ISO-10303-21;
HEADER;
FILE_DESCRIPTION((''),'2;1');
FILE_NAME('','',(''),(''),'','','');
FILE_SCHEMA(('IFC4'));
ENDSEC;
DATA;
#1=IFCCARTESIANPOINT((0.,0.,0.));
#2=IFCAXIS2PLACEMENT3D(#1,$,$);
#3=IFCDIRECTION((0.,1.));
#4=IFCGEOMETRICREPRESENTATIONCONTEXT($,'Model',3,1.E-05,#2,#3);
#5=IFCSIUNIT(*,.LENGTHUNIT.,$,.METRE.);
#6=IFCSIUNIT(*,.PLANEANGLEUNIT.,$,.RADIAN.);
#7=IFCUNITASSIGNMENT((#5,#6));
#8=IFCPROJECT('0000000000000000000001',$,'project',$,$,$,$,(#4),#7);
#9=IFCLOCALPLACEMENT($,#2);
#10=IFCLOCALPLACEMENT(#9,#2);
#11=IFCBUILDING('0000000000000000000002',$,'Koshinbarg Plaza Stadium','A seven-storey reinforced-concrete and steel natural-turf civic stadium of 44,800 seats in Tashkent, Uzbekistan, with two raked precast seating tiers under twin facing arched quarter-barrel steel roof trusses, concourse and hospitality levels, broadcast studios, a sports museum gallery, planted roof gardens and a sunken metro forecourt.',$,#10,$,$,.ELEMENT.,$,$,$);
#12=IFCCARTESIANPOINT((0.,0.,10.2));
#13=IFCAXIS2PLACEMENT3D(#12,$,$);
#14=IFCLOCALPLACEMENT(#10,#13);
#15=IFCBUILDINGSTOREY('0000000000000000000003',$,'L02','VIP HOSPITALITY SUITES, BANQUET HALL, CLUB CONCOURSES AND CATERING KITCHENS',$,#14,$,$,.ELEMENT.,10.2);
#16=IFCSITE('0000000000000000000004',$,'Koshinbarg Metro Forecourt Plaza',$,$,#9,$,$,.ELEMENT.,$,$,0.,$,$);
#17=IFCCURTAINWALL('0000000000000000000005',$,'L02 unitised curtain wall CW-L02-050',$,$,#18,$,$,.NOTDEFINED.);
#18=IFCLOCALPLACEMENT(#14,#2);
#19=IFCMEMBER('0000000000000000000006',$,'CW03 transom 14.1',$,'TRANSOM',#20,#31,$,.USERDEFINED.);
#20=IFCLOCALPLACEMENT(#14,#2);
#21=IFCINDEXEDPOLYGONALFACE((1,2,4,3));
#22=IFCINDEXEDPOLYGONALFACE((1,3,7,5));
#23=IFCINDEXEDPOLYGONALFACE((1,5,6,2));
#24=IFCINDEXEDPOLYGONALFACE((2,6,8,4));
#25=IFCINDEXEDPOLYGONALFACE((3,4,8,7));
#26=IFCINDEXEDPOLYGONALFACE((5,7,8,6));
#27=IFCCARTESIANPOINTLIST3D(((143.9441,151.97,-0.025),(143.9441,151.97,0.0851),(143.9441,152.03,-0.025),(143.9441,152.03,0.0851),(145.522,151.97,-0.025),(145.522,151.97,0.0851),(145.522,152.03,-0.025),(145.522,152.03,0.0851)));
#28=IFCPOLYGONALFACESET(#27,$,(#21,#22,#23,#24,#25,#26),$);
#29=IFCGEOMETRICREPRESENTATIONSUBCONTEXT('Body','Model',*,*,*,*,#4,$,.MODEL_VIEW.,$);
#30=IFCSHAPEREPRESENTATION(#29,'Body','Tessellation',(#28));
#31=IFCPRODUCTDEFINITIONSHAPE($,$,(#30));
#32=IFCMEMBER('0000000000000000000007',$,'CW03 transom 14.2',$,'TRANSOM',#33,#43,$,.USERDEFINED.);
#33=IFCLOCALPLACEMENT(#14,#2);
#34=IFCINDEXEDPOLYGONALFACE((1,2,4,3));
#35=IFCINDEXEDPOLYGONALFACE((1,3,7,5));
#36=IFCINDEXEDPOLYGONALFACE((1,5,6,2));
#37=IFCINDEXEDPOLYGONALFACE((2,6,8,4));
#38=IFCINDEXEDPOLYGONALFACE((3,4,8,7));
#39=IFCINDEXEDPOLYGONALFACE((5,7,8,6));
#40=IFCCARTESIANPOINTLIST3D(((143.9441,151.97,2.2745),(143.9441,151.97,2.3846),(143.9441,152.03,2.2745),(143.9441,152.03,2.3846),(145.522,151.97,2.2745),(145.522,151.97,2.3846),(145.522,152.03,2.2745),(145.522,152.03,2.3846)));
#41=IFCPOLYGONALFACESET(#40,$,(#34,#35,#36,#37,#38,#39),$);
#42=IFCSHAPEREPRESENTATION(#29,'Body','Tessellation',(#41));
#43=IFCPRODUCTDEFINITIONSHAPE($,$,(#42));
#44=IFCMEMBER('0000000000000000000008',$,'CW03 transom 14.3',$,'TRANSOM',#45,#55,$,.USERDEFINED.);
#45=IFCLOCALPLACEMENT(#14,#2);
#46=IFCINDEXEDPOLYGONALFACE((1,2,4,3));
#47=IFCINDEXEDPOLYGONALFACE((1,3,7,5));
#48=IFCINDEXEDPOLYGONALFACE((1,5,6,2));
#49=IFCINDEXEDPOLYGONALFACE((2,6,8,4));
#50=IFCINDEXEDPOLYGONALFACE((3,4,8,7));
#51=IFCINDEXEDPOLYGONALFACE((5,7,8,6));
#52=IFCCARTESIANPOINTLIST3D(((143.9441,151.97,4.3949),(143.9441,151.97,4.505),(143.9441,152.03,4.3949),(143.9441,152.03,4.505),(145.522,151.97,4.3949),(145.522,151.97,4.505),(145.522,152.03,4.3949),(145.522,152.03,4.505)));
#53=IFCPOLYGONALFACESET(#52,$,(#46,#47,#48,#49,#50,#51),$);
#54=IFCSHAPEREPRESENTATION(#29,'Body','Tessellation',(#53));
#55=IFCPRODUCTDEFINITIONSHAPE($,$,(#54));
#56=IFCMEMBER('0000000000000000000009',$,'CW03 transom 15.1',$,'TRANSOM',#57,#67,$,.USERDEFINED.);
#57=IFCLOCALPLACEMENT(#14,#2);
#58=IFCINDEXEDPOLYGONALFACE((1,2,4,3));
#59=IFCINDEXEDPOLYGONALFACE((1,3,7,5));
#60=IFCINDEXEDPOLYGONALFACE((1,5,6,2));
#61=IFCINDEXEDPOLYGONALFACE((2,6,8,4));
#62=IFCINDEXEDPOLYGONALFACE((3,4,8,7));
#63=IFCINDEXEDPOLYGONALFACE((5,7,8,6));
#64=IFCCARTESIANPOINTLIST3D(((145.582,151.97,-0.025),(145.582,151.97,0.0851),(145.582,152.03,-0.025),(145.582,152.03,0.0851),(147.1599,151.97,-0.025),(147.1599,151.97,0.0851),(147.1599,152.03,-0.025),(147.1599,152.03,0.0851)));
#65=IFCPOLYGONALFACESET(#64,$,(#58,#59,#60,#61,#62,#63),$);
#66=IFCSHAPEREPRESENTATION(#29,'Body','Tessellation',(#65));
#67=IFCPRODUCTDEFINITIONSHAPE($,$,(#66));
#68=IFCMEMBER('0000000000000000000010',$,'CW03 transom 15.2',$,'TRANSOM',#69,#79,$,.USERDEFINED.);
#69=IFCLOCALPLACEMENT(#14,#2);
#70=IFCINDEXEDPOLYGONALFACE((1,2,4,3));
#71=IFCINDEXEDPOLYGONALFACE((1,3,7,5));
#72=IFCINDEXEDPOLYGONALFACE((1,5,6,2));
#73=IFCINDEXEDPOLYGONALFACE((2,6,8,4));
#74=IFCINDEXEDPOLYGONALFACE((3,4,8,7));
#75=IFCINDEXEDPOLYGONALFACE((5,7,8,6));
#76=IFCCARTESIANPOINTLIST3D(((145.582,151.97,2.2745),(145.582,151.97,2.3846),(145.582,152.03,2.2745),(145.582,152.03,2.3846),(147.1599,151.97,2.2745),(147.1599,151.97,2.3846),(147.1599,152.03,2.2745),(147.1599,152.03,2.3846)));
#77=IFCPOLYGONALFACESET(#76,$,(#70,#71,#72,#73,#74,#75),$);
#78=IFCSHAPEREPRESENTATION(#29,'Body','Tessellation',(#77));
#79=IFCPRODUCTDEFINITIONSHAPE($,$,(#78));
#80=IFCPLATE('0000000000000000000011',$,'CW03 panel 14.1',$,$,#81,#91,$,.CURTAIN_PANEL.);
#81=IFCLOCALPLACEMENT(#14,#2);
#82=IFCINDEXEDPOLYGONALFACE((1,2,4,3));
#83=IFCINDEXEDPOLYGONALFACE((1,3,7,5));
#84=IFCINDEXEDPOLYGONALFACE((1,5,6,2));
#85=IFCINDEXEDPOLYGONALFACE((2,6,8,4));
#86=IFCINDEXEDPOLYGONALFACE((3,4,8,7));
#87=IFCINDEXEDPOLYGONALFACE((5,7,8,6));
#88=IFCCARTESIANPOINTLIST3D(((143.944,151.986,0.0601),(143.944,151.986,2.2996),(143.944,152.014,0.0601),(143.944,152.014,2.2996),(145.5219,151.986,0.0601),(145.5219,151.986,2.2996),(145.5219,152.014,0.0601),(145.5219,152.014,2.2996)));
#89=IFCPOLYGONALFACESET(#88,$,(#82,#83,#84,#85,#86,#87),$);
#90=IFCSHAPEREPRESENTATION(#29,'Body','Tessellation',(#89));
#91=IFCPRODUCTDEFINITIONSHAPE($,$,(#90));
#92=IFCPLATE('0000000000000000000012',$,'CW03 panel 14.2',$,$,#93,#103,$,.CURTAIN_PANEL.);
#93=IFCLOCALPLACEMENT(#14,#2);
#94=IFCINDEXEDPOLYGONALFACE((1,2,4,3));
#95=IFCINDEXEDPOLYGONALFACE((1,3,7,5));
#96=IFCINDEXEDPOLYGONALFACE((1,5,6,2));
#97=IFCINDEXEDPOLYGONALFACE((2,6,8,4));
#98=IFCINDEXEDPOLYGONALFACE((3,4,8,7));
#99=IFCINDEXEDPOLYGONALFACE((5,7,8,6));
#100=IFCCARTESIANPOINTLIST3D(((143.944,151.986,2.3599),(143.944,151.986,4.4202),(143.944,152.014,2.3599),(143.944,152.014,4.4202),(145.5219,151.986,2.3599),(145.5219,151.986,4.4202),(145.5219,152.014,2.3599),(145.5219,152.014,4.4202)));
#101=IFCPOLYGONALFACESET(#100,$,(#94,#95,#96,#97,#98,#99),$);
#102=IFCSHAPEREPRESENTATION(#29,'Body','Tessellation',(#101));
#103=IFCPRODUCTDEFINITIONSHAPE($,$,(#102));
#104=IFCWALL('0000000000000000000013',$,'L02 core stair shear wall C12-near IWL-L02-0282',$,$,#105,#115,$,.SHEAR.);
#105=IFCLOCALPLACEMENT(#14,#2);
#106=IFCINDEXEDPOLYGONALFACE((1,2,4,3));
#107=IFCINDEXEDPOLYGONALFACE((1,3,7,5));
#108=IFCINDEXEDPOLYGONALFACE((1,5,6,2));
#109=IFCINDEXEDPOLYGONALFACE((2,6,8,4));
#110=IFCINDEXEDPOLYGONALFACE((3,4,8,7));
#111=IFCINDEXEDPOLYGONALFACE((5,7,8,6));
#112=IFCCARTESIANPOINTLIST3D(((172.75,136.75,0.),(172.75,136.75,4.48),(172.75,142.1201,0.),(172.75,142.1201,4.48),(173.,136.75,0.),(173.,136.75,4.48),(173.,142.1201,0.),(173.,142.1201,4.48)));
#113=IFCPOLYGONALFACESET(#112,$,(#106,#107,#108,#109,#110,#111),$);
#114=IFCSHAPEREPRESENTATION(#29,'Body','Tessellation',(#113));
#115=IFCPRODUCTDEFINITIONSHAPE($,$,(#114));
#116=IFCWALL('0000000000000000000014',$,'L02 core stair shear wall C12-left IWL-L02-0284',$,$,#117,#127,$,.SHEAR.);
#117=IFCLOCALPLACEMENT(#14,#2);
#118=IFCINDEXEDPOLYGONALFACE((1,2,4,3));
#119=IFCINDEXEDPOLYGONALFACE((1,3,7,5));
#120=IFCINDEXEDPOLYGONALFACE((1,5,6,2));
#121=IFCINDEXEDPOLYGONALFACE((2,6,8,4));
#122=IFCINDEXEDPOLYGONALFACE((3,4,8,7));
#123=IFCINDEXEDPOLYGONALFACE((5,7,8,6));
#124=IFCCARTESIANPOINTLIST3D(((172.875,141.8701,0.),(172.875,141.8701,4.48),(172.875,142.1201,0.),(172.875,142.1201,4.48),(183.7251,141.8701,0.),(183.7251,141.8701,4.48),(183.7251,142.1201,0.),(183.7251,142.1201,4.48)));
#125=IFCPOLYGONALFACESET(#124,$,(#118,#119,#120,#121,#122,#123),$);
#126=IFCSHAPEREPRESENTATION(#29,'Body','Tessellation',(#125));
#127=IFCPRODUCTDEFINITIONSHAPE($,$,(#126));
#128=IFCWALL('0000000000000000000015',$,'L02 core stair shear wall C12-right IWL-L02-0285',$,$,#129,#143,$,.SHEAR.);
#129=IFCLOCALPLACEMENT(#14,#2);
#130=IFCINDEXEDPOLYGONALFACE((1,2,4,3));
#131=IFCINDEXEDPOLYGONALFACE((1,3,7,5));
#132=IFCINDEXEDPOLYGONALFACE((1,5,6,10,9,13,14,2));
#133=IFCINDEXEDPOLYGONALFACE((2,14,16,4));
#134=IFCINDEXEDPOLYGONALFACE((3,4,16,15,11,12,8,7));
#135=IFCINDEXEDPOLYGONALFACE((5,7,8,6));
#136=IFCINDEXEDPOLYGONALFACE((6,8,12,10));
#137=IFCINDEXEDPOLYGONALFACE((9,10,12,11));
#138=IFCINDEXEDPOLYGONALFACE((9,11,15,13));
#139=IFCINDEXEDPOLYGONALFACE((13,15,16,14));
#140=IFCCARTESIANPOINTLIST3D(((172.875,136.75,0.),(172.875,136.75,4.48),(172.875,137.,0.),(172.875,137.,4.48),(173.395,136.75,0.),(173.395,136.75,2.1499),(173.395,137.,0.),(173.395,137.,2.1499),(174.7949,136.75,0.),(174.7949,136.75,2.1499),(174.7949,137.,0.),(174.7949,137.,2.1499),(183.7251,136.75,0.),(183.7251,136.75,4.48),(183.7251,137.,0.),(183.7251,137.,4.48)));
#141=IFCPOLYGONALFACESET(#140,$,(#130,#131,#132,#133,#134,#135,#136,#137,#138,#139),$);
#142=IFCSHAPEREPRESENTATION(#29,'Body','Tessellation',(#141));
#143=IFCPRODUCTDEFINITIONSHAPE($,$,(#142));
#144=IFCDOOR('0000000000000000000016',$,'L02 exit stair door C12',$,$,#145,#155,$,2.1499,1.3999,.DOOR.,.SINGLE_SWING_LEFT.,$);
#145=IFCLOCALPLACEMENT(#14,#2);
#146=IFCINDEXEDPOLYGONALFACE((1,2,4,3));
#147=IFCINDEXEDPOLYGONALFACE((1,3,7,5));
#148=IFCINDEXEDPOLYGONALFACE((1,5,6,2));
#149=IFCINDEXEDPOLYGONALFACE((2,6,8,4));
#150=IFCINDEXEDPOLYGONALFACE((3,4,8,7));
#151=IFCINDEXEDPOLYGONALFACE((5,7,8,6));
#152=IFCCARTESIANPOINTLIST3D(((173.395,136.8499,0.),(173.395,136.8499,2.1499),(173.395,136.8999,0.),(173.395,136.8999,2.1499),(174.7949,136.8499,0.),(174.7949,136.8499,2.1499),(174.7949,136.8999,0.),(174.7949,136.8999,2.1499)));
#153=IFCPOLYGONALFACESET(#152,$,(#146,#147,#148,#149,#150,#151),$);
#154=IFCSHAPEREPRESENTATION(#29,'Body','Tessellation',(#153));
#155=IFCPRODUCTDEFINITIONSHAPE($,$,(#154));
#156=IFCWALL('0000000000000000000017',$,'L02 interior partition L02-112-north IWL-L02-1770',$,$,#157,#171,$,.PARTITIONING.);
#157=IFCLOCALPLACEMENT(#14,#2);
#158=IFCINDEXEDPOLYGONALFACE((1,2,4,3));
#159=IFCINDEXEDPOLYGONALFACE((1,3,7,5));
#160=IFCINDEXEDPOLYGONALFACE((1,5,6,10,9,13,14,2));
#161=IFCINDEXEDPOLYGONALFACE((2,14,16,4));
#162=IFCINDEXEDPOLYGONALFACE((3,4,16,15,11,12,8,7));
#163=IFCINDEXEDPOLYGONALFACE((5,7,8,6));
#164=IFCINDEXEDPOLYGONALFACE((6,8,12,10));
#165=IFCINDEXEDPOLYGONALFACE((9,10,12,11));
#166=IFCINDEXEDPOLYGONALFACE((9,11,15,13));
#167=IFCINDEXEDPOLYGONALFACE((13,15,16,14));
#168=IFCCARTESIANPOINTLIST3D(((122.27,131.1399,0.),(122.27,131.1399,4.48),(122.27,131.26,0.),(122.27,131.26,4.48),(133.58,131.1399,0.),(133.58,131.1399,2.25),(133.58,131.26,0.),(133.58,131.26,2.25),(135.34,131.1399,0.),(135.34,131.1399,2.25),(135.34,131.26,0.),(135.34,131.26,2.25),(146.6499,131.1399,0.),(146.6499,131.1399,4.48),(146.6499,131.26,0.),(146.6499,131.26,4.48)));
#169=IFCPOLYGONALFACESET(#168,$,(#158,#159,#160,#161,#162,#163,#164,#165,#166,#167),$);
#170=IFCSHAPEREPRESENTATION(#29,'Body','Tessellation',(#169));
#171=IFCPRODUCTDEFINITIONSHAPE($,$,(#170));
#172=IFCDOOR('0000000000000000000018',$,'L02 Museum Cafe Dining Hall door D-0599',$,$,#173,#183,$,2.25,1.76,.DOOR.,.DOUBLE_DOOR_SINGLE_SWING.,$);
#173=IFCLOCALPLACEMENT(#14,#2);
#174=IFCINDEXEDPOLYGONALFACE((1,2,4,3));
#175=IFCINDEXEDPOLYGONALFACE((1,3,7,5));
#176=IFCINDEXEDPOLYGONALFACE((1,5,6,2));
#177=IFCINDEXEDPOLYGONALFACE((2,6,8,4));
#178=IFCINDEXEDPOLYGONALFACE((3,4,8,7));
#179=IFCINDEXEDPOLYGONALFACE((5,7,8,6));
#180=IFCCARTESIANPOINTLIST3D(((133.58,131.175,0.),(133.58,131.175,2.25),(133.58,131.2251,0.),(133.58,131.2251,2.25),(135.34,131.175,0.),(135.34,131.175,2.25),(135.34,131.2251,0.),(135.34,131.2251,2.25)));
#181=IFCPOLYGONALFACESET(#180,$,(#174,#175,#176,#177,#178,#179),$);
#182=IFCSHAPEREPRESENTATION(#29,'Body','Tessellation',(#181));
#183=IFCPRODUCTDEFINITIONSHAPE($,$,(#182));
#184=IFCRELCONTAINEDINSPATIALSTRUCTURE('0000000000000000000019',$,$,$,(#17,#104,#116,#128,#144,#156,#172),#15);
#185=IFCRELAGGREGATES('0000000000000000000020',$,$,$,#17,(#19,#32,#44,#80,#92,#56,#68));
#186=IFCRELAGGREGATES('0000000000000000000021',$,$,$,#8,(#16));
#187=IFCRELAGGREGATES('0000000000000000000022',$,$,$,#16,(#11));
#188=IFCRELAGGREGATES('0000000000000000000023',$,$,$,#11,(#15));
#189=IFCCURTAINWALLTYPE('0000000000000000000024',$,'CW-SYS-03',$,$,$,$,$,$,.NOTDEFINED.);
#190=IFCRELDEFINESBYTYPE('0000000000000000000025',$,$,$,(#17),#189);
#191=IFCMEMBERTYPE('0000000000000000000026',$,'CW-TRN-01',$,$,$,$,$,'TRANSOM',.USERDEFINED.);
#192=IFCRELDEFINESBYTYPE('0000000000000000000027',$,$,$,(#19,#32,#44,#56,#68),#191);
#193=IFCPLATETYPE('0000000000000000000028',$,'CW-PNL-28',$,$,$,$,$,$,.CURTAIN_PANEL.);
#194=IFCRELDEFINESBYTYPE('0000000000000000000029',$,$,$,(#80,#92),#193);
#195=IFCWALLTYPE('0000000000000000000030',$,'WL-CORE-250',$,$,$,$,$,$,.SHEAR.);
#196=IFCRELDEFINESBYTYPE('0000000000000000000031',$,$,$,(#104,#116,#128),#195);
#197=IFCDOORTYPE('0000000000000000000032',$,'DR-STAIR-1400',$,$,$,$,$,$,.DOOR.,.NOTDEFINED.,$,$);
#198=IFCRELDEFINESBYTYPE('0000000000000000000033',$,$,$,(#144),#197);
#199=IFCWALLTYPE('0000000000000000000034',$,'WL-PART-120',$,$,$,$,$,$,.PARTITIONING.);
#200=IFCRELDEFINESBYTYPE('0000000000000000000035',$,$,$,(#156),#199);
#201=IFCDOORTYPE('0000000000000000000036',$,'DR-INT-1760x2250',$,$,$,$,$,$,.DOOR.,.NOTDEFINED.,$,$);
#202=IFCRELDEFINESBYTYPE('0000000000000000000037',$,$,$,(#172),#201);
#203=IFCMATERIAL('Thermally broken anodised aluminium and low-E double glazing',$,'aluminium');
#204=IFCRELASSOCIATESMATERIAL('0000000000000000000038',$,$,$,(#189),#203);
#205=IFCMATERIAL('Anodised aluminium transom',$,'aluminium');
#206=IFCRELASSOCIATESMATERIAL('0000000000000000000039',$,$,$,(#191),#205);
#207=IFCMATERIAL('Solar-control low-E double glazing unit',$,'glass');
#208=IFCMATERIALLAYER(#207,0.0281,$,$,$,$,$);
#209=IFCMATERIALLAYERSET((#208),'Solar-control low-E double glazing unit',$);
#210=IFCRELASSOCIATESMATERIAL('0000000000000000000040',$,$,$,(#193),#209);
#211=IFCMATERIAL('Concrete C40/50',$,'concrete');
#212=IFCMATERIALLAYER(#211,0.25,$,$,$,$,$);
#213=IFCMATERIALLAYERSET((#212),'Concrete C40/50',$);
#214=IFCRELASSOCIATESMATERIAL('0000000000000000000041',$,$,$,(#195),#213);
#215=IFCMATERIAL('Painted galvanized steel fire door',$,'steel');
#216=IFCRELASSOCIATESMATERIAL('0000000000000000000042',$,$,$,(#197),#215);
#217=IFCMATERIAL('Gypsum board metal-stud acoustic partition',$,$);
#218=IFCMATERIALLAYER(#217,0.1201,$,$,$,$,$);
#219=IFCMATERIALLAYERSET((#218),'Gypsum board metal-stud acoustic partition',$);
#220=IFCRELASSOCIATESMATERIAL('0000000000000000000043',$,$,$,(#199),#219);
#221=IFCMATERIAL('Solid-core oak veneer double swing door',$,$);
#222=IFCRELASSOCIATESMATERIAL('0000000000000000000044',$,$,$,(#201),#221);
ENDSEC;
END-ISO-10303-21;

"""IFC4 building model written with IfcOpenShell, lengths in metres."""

from ifc_helpers import new_model, si_unit, direction, frame, frame_2d, origin, origin_2d, place, context, subcontext, project, spatial, rectangle, extrude, material, layer, layer_set, material_profile, profile_set, type_object, element, fill, aggregate, save


model = new_model("IFC4")

# Units and contexts
model_context = context("Model", 3, precision=1e-05, world=origin(), true_north=direction((0.0, 1.0)))
body_context = subcontext(model_context, "Body", "Model", "MODEL_VIEW")
ifc_project = project(units=[si_unit("LENGTHUNIT", "METRE"), si_unit("PLANEANGLEUNIT", "RADIAN")], contexts=[model_context])

# Site, building, storey
site_placement = place(None, origin())
site = spatial("IfcSite", under=ifc_project, at=site_placement, Name="Koshinbarg Metro Forecourt Plaza", CompositionType="ELEMENT", RefElevation=0.0)
building_placement = place(site_placement, origin())
building = spatial("IfcBuilding", under=site, at=building_placement, Name="Koshinbarg Plaza Stadium", Description="A seven-storey reinforced-concrete and steel natural-turf civic stadium of 44,800 seats in Tashkent, Uzbekistan, with two raked precast seating tiers under twin facing arched quarter-barrel steel roof trusses, concourse and hospitality levels, broadcast studios, a sports museum gallery, planted roof gardens and a sunken metro forecourt.", CompositionType="ELEMENT")
storey_placement = place(building_placement, frame((0.0, 0.0, 10.2)))
storey = spatial("IfcBuildingStorey", under=building, at=storey_placement, Name="L02", Description="VIP HOSPITALITY SUITES, BANQUET HALL, CLUB CONCOURSES AND CATERING KITCHENS", CompositionType="ELEMENT", Elevation=10.2)

# Shared definitions
ifc_material_1 = material(Name="Concrete C40/50", Category="concrete")

# Curtain wall, members, plates
ifc_material_2 = material(Name="Thermally broken anodised aluminium and low-E double glazing", Category="aluminium")
curtain_wall_type = type_object("IfcCurtainWallType", Name="CW-SYS-03", PredefinedType="NOTDEFINED", material=ifc_material_2)
curtain_wall_placement = place(storey_placement, origin())
curtain_wall = element("IfcCurtainWall", 1, at=curtain_wall_placement, inside=storey, type_object=curtain_wall_type, Name="L02 unitised curtain wall CW-L02-050", PredefinedType="NOTDEFINED")
ifc_material_3 = material(Name="Anodised aluminium transom", Category="aluminium")
ifc_material_profile_1 = material_profile(ifc_material_3, rectangle(XDim=0.0601, YDim=0.1101, at=origin_2d()), Name="ALU 60x110")
ifc_profile_set_1 = profile_set([ifc_material_profile_1], Name="Anodised aluminium transom")
member_type_1 = type_object("IfcMemberType", Name="CW-TRN-01", ElementType="TRANSOM", PredefinedType="USERDEFINED", material=ifc_profile_set_1)
member_1_placement = place(storey_placement, frame((143.9441, 152.0, 0.03), z_axis=(1.0, 0.0, 0.0), x_axis=(0.0, 1.0, 0.0)))
member_1 = element("IfcMember", 2, at=member_1_placement, type_object=member_type_1, Name="CW03 transom 14.1", ObjectType="TRANSOM", PredefinedType="USERDEFINED", context=body_context, shape_type="SweptSolid", body=[
    extrude(rectangle(XDim=0.0601, YDim=0.1101, at=origin_2d()), origin(), (0.0, 0.0, 1.0), 1.5779),
])
member_2_placement = place(storey_placement, frame((143.9441, 152.0, 2.3296), z_axis=(1.0, 0.0, 0.0), x_axis=(0.0, 1.0, 0.0)))
member_2 = element("IfcMember", 3, at=member_2_placement, type_object=member_type_1, Name="CW03 transom 14.2", ObjectType="TRANSOM", PredefinedType="USERDEFINED", context=body_context, shape_type="SweptSolid", body=[
    extrude(rectangle(XDim=0.0601, YDim=0.1101, at=origin_2d()), origin(), (0.0, 0.0, 1.0), 1.5779),
])
member_3_placement = place(storey_placement, frame((143.9441, 152.0, 4.45), z_axis=(1.0, 0.0, 0.0), x_axis=(0.0, 1.0, 0.0)))
member_3 = element("IfcMember", 4, at=member_3_placement, type_object=member_type_1, Name="CW03 transom 14.3", ObjectType="TRANSOM", PredefinedType="USERDEFINED", context=body_context, shape_type="SweptSolid", body=[
    extrude(rectangle(XDim=0.0601, YDim=0.1101, at=origin_2d()), origin(), (0.0, 0.0, 1.0), 1.5779),
])
member_4_placement = place(storey_placement, frame((145.582, 152.0, 0.03), z_axis=(1.0, 0.0, 0.0), x_axis=(0.0, 1.0, 0.0)))
member_4 = element("IfcMember", 5, at=member_4_placement, type_object=member_type_1, Name="CW03 transom 15.1", ObjectType="TRANSOM", PredefinedType="USERDEFINED", context=body_context, shape_type="SweptSolid", body=[
    extrude(rectangle(XDim=0.0601, YDim=0.1101, at=origin_2d()), origin(), (0.0, 0.0, 1.0), 1.5779),
])
member_5_placement = place(storey_placement, frame((145.582, 152.0, 2.3296), z_axis=(1.0, 0.0, 0.0), x_axis=(0.0, 1.0, 0.0)))
member_5 = element("IfcMember", 6, at=member_5_placement, type_object=member_type_1, Name="CW03 transom 15.2", ObjectType="TRANSOM", PredefinedType="USERDEFINED", context=body_context, shape_type="SweptSolid", body=[
    extrude(rectangle(XDim=0.0601, YDim=0.1101, at=origin_2d()), origin(), (0.0, 0.0, 1.0), 1.5779),
])
ifc_material_4 = material(Name="Solar-control low-E double glazing unit", Category="glass")
ifc_layer_1 = layer(ifc_material_4, 0.0281)
ifc_layer_set_1 = layer_set([ifc_layer_1], Name="Solar-control low-E double glazing unit")
plate_type = type_object("IfcPlateType", Name="CW-PNL-28", PredefinedType="CURTAIN_PANEL", material=ifc_layer_set_1)
plate_1_placement = place(storey_placement, frame((144.7329, 152.0, 0.0601), z_axis=(0.0, 0.0, 1.0), x_axis=(1.0, 0.0, 0.0)))
plate_1 = element("IfcPlate", 7, at=plate_1_placement, type_object=plate_type, Name="CW03 panel 14.1", PredefinedType="CURTAIN_PANEL", context=body_context, shape_type="SweptSolid", body=[
    extrude(rectangle(XDim=1.5779, YDim=0.0281, at=origin_2d()), origin(), (0.0, 0.0, 1.0), 2.2395),
])
plate_2_placement = place(storey_placement, frame((144.7329, 152.0, 2.3599), z_axis=(0.0, 0.0, 1.0), x_axis=(1.0, 0.0, 0.0)))
plate_2 = element("IfcPlate", 8, at=plate_2_placement, type_object=plate_type, Name="CW03 panel 14.2", PredefinedType="CURTAIN_PANEL", context=body_context, shape_type="SweptSolid", body=[
    extrude(rectangle(XDim=1.5779, YDim=0.0281, at=origin_2d()), origin(), (0.0, 0.0, 1.0), 2.0603),
])
aggregate(curtain_wall, [member_1, member_2, member_3, plate_1, plate_2, member_4, member_5])

# Walls
ifc_layer_2 = layer(ifc_material_1, 0.25)
ifc_layer_set_2 = layer_set([ifc_layer_2], Name="Concrete C40/50")
wall_type_1 = type_object("IfcWallType", Name="WL-CORE-250", PredefinedType="SHEAR", material=ifc_layer_set_2)
wall_1_placement = place(storey_placement, frame((172.875, 142.1201, 0.0), z_axis=(0.0, 0.0, 1.0), x_axis=(0.0, -1.0, 0.0)))
element("IfcWall", 9, at=wall_1_placement, inside=storey, type_object=wall_type_1, Name="L02 core stair shear wall C12-near IWL-L02-0282", PredefinedType="SHEAR", context=body_context, shape_type="SweptSolid", body=[
    extrude(rectangle(XDim=5.3701, YDim=0.25, at=frame_2d((2.6851, 0.0))), origin(), (0.0, 0.0, 1.0), 4.48),
])
wall_2_placement = place(storey_placement, frame((172.875, 141.9951, 0.0), z_axis=(0.0, 0.0, 1.0), x_axis=(1.0, 0.0, 0.0)))
element("IfcWall", 10, at=wall_2_placement, inside=storey, type_object=wall_type_1, Name="L02 core stair shear wall C12-left IWL-L02-0284", PredefinedType="SHEAR", context=body_context, shape_type="SweptSolid", body=[
    extrude(rectangle(XDim=10.8501, YDim=0.25, at=frame_2d((5.425, 0.0))), origin(), (0.0, 0.0, 1.0), 4.48),
])

# Walls, openings, doors
wall_3_placement = place(storey_placement, frame((172.875, 136.875, 0.0), z_axis=(0.0, 0.0, 1.0), x_axis=(1.0, 0.0, 0.0)))
wall_3 = element("IfcWall", 11, at=wall_3_placement, inside=storey, type_object=wall_type_1, Name="L02 core stair shear wall C12-right IWL-L02-0285", PredefinedType="SHEAR", context=body_context, shape_type="SweptSolid", body=[
    extrude(rectangle(XDim=10.8501, YDim=0.25, at=frame_2d((5.425, 0.0))), origin(), (0.0, 0.0, 1.0), 4.48),
])
opening_1_placement = place(wall_3_placement, frame((0.52, 0.0, 0.0)))
opening_1 = element("IfcOpeningElement", 12, at=opening_1_placement, cuts=wall_3, PredefinedType="OPENING", context=body_context, shape_type="SweptSolid", body=[
    extrude(rectangle(XDim=1.3999, YDim=2.1499, at=frame_2d((0.7, 1.075))), frame((0.0, 0.135, 0.0), z_axis=(0.0, -1.0, 0.0), x_axis=(1.0, 0.0, 0.0)), (0.0, 0.0, 1.0), 0.27),
])
ifc_material_5 = material(Name="Painted galvanized steel fire door", Category="steel")
door_type_1 = type_object("IfcDoorType", Name="DR-STAIR-1400", OperationType="NOTDEFINED", PredefinedType="DOOR", material=ifc_material_5)
door_1_placement = place(opening_1_placement, origin())
door_1 = element("IfcDoor", 13, at=door_1_placement, inside=storey, type_object=door_type_1, Name="L02 exit stair door C12", OperationType="SINGLE_SWING_LEFT", OverallHeight=2.1499, OverallWidth=1.3999, PredefinedType="DOOR", context=body_context, shape_type="SweptSolid", body=[
    extrude(rectangle(XDim=1.3999, YDim=2.1499, at=frame_2d((0.7, 1.075))), frame((0.0, 0.0249, 0.0), z_axis=(0.0, -1.0, 0.0), x_axis=(1.0, 0.0, 0.0)), (0.0, 0.0, 1.0), 0.05),
])
fill(opening_1, door_1)
ifc_material_6 = material(Name="Gypsum board metal-stud acoustic partition")
ifc_layer_3 = layer(ifc_material_6, 0.1201)
ifc_layer_set_3 = layer_set([ifc_layer_3], Name="Gypsum board metal-stud acoustic partition")
wall_type_2 = type_object("IfcWallType", Name="WL-PART-120", PredefinedType="PARTITIONING", material=ifc_layer_set_3)
wall_4_placement = place(storey_placement, frame((146.6499, 131.2, 0.0), z_axis=(0.0, 0.0, 1.0), x_axis=(-1.0, 0.0, 0.0)))
wall_4 = element("IfcWall", 14, at=wall_4_placement, inside=storey, type_object=wall_type_2, Name="L02 interior partition L02-112-north IWL-L02-1770", PredefinedType="PARTITIONING", context=body_context, shape_type="SweptSolid", body=[
    extrude(rectangle(XDim=24.3799, YDim=0.1201, at=frame_2d((12.1899, 0.0))), origin(), (0.0, 0.0, 1.0), 4.48),
])
opening_2_placement = place(wall_4_placement, frame((11.3101, 0.0, 0.0)))
opening_2 = element("IfcOpeningElement", 15, at=opening_2_placement, cuts=wall_4, PredefinedType="OPENING", context=body_context, shape_type="SweptSolid", body=[
    extrude(rectangle(XDim=1.76, YDim=2.25, at=frame_2d((0.8799, 1.125))), frame((0.0, 0.0701, 0.0), z_axis=(0.0, -1.0, 0.0), x_axis=(1.0, 0.0, 0.0)), (0.0, 0.0, 1.0), 0.1401),
])
ifc_material_7 = material(Name="Solid-core oak veneer double swing door")
door_type_2 = type_object("IfcDoorType", Name="DR-INT-1760x2250", OperationType="NOTDEFINED", PredefinedType="DOOR", material=ifc_material_7)
door_2_placement = place(opening_2_placement, origin())
door_2 = element("IfcDoor", 16, at=door_2_placement, inside=storey, type_object=door_type_2, Name="L02 Museum Cafe Dining Hall door D-0599", OperationType="DOUBLE_DOOR_SINGLE_SWING", OverallHeight=2.25, OverallWidth=1.76, PredefinedType="DOOR", context=body_context, shape_type="SweptSolid", body=[
    extrude(rectangle(XDim=1.76, YDim=2.25, at=frame_2d((0.8799, 1.125))), frame((0.0, 0.0249, 0.0), z_axis=(0.0, -1.0, 0.0), x_axis=(1.0, 0.0, 0.0)), (0.0, 0.0, 1.0), 0.05),
])
fill(opening_2, door_2)

save(model, "model.ifc")
